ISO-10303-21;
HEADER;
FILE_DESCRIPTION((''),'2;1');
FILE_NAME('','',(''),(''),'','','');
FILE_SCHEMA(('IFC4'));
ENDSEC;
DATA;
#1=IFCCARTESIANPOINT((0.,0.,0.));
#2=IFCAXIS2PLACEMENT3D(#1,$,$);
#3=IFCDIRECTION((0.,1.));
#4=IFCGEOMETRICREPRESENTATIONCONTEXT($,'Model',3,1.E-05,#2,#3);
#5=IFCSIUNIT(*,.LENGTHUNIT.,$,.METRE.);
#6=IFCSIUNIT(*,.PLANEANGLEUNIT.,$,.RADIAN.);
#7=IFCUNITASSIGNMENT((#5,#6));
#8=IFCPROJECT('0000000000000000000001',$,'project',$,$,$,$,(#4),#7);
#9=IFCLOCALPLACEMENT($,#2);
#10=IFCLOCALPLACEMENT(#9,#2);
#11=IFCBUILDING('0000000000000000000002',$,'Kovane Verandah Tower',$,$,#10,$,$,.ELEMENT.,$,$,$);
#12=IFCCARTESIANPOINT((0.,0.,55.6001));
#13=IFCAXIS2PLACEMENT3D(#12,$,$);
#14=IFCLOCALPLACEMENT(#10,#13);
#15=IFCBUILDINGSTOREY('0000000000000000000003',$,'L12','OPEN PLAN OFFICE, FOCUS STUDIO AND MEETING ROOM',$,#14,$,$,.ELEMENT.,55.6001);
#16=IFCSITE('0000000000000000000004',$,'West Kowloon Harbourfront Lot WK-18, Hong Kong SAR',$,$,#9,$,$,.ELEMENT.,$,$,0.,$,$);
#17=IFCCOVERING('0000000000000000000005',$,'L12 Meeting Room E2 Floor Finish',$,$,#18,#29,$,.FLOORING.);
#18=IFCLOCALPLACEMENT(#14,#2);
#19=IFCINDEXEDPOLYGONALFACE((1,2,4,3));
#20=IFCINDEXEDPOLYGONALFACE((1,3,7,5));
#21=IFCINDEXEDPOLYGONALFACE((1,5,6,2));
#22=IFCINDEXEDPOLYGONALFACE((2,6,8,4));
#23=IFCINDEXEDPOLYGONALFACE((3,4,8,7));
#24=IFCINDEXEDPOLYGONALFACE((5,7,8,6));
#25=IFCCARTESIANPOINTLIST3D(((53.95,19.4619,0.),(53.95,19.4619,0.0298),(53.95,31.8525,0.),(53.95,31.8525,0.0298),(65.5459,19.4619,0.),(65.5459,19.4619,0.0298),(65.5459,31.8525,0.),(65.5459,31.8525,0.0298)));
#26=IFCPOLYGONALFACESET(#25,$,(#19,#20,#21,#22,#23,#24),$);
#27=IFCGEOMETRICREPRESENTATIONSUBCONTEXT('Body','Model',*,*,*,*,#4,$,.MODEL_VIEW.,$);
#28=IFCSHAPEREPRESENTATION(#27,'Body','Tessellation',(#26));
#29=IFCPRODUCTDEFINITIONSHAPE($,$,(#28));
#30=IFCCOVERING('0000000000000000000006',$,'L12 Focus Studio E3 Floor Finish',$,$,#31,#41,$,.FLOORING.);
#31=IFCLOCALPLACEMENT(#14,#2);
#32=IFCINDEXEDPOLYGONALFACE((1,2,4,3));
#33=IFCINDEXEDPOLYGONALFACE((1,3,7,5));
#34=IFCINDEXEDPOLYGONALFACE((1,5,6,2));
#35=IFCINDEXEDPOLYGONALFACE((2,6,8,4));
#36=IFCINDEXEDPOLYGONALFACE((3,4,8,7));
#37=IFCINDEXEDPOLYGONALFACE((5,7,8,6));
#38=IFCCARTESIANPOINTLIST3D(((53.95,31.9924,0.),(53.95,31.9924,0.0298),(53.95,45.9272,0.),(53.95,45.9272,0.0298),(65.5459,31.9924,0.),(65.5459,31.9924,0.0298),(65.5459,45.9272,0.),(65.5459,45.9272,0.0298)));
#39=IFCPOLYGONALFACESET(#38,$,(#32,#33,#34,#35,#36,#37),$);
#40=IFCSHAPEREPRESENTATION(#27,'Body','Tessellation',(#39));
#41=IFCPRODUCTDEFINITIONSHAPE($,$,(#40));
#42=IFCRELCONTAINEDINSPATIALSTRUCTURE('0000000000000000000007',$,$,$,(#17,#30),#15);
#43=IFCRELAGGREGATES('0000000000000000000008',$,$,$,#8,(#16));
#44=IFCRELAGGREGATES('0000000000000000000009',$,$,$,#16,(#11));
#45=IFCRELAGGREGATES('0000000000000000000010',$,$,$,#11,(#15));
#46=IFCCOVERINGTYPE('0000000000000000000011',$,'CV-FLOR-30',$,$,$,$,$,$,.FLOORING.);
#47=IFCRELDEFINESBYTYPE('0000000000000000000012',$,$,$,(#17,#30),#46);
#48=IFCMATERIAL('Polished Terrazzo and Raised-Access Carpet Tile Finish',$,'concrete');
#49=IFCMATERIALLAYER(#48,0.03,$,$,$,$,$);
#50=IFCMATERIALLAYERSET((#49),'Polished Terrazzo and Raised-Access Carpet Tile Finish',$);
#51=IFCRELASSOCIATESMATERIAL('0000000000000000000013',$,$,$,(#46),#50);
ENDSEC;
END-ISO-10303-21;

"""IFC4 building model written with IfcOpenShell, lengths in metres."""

from ifc_helpers import new_model, si_unit, direction, frame, origin, place, context, subcontext, project, spatial, polyline, outline, extrude, material, layer, layer_set, type_object, element, save


model = new_model("IFC4")

# Units and contexts
model_context = context("Model", 3, precision=1e-05, world=origin(), true_north=direction((0.0, 1.0)))
body_context = subcontext(model_context, "Body", "Model", "MODEL_VIEW")
ifc_project = project(units=[si_unit("LENGTHUNIT", "METRE"), si_unit("PLANEANGLEUNIT", "RADIAN")], contexts=[model_context])

# Site, building, storey
site_placement = place(None, origin())
site = spatial("IfcSite", under=ifc_project, at=site_placement, Name="West Kowloon Harbourfront Lot WK-18, Hong Kong SAR", CompositionType="ELEMENT", RefElevation=0.0)
building_placement = place(site_placement, origin())
building = spatial("IfcBuilding", under=site, at=building_placement, Name="Kovane Verandah Tower", CompositionType="ELEMENT")
storey_placement = place(building_placement, frame((0.0, 0.0, 55.6001)))
storey = spatial("IfcBuildingStorey", under=building, at=storey_placement, Name="L12", Description="OPEN PLAN OFFICE, FOCUS STUDIO AND MEETING ROOM", CompositionType="ELEMENT", Elevation=55.6001)

# Coverings
ifc_material_1 = material(Name="Polished Terrazzo and Raised-Access Carpet Tile Finish", Category="concrete")
ifc_layer_1 = layer(ifc_material_1, 0.03)
ifc_layer_set_1 = layer_set([ifc_layer_1], Name="Polished Terrazzo and Raised-Access Carpet Tile Finish")
covering_type_1 = type_object("IfcCoveringType", Name="CV-FLOR-30", PredefinedType="FLOORING", material=ifc_layer_set_1)
covering_1_placement = place(storey_placement, origin())
element("IfcCovering", 1, at=covering_1_placement, inside=storey, type_object=covering_type_1, Name="L12 Meeting Room E2 Floor Finish", PredefinedType="FLOORING", context=body_context, shape_type="SweptSolid", body=[
    extrude(outline(polyline([(53.95, 19.4619), (65.5459, 19.4619), (65.5459, 31.8525), (53.95, 31.8525), (53.95, 19.4619)])), origin(), (0.0, 0.0, 1.0), 0.0298),
])
covering_2_placement = place(storey_placement, origin())
element("IfcCovering", 2, at=covering_2_placement, inside=storey, type_object=covering_type_1, Name="L12 Focus Studio E3 Floor Finish", PredefinedType="FLOORING", context=body_context, shape_type="SweptSolid", body=[
    extrude(outline(polyline([(53.95, 31.9924), (65.5459, 31.9924), (65.5459, 45.9272), (53.95, 45.9272), (53.95, 31.9924)])), origin(), (0.0, 0.0, 1.0), 0.0298),
])

save(model, "model.ifc")
